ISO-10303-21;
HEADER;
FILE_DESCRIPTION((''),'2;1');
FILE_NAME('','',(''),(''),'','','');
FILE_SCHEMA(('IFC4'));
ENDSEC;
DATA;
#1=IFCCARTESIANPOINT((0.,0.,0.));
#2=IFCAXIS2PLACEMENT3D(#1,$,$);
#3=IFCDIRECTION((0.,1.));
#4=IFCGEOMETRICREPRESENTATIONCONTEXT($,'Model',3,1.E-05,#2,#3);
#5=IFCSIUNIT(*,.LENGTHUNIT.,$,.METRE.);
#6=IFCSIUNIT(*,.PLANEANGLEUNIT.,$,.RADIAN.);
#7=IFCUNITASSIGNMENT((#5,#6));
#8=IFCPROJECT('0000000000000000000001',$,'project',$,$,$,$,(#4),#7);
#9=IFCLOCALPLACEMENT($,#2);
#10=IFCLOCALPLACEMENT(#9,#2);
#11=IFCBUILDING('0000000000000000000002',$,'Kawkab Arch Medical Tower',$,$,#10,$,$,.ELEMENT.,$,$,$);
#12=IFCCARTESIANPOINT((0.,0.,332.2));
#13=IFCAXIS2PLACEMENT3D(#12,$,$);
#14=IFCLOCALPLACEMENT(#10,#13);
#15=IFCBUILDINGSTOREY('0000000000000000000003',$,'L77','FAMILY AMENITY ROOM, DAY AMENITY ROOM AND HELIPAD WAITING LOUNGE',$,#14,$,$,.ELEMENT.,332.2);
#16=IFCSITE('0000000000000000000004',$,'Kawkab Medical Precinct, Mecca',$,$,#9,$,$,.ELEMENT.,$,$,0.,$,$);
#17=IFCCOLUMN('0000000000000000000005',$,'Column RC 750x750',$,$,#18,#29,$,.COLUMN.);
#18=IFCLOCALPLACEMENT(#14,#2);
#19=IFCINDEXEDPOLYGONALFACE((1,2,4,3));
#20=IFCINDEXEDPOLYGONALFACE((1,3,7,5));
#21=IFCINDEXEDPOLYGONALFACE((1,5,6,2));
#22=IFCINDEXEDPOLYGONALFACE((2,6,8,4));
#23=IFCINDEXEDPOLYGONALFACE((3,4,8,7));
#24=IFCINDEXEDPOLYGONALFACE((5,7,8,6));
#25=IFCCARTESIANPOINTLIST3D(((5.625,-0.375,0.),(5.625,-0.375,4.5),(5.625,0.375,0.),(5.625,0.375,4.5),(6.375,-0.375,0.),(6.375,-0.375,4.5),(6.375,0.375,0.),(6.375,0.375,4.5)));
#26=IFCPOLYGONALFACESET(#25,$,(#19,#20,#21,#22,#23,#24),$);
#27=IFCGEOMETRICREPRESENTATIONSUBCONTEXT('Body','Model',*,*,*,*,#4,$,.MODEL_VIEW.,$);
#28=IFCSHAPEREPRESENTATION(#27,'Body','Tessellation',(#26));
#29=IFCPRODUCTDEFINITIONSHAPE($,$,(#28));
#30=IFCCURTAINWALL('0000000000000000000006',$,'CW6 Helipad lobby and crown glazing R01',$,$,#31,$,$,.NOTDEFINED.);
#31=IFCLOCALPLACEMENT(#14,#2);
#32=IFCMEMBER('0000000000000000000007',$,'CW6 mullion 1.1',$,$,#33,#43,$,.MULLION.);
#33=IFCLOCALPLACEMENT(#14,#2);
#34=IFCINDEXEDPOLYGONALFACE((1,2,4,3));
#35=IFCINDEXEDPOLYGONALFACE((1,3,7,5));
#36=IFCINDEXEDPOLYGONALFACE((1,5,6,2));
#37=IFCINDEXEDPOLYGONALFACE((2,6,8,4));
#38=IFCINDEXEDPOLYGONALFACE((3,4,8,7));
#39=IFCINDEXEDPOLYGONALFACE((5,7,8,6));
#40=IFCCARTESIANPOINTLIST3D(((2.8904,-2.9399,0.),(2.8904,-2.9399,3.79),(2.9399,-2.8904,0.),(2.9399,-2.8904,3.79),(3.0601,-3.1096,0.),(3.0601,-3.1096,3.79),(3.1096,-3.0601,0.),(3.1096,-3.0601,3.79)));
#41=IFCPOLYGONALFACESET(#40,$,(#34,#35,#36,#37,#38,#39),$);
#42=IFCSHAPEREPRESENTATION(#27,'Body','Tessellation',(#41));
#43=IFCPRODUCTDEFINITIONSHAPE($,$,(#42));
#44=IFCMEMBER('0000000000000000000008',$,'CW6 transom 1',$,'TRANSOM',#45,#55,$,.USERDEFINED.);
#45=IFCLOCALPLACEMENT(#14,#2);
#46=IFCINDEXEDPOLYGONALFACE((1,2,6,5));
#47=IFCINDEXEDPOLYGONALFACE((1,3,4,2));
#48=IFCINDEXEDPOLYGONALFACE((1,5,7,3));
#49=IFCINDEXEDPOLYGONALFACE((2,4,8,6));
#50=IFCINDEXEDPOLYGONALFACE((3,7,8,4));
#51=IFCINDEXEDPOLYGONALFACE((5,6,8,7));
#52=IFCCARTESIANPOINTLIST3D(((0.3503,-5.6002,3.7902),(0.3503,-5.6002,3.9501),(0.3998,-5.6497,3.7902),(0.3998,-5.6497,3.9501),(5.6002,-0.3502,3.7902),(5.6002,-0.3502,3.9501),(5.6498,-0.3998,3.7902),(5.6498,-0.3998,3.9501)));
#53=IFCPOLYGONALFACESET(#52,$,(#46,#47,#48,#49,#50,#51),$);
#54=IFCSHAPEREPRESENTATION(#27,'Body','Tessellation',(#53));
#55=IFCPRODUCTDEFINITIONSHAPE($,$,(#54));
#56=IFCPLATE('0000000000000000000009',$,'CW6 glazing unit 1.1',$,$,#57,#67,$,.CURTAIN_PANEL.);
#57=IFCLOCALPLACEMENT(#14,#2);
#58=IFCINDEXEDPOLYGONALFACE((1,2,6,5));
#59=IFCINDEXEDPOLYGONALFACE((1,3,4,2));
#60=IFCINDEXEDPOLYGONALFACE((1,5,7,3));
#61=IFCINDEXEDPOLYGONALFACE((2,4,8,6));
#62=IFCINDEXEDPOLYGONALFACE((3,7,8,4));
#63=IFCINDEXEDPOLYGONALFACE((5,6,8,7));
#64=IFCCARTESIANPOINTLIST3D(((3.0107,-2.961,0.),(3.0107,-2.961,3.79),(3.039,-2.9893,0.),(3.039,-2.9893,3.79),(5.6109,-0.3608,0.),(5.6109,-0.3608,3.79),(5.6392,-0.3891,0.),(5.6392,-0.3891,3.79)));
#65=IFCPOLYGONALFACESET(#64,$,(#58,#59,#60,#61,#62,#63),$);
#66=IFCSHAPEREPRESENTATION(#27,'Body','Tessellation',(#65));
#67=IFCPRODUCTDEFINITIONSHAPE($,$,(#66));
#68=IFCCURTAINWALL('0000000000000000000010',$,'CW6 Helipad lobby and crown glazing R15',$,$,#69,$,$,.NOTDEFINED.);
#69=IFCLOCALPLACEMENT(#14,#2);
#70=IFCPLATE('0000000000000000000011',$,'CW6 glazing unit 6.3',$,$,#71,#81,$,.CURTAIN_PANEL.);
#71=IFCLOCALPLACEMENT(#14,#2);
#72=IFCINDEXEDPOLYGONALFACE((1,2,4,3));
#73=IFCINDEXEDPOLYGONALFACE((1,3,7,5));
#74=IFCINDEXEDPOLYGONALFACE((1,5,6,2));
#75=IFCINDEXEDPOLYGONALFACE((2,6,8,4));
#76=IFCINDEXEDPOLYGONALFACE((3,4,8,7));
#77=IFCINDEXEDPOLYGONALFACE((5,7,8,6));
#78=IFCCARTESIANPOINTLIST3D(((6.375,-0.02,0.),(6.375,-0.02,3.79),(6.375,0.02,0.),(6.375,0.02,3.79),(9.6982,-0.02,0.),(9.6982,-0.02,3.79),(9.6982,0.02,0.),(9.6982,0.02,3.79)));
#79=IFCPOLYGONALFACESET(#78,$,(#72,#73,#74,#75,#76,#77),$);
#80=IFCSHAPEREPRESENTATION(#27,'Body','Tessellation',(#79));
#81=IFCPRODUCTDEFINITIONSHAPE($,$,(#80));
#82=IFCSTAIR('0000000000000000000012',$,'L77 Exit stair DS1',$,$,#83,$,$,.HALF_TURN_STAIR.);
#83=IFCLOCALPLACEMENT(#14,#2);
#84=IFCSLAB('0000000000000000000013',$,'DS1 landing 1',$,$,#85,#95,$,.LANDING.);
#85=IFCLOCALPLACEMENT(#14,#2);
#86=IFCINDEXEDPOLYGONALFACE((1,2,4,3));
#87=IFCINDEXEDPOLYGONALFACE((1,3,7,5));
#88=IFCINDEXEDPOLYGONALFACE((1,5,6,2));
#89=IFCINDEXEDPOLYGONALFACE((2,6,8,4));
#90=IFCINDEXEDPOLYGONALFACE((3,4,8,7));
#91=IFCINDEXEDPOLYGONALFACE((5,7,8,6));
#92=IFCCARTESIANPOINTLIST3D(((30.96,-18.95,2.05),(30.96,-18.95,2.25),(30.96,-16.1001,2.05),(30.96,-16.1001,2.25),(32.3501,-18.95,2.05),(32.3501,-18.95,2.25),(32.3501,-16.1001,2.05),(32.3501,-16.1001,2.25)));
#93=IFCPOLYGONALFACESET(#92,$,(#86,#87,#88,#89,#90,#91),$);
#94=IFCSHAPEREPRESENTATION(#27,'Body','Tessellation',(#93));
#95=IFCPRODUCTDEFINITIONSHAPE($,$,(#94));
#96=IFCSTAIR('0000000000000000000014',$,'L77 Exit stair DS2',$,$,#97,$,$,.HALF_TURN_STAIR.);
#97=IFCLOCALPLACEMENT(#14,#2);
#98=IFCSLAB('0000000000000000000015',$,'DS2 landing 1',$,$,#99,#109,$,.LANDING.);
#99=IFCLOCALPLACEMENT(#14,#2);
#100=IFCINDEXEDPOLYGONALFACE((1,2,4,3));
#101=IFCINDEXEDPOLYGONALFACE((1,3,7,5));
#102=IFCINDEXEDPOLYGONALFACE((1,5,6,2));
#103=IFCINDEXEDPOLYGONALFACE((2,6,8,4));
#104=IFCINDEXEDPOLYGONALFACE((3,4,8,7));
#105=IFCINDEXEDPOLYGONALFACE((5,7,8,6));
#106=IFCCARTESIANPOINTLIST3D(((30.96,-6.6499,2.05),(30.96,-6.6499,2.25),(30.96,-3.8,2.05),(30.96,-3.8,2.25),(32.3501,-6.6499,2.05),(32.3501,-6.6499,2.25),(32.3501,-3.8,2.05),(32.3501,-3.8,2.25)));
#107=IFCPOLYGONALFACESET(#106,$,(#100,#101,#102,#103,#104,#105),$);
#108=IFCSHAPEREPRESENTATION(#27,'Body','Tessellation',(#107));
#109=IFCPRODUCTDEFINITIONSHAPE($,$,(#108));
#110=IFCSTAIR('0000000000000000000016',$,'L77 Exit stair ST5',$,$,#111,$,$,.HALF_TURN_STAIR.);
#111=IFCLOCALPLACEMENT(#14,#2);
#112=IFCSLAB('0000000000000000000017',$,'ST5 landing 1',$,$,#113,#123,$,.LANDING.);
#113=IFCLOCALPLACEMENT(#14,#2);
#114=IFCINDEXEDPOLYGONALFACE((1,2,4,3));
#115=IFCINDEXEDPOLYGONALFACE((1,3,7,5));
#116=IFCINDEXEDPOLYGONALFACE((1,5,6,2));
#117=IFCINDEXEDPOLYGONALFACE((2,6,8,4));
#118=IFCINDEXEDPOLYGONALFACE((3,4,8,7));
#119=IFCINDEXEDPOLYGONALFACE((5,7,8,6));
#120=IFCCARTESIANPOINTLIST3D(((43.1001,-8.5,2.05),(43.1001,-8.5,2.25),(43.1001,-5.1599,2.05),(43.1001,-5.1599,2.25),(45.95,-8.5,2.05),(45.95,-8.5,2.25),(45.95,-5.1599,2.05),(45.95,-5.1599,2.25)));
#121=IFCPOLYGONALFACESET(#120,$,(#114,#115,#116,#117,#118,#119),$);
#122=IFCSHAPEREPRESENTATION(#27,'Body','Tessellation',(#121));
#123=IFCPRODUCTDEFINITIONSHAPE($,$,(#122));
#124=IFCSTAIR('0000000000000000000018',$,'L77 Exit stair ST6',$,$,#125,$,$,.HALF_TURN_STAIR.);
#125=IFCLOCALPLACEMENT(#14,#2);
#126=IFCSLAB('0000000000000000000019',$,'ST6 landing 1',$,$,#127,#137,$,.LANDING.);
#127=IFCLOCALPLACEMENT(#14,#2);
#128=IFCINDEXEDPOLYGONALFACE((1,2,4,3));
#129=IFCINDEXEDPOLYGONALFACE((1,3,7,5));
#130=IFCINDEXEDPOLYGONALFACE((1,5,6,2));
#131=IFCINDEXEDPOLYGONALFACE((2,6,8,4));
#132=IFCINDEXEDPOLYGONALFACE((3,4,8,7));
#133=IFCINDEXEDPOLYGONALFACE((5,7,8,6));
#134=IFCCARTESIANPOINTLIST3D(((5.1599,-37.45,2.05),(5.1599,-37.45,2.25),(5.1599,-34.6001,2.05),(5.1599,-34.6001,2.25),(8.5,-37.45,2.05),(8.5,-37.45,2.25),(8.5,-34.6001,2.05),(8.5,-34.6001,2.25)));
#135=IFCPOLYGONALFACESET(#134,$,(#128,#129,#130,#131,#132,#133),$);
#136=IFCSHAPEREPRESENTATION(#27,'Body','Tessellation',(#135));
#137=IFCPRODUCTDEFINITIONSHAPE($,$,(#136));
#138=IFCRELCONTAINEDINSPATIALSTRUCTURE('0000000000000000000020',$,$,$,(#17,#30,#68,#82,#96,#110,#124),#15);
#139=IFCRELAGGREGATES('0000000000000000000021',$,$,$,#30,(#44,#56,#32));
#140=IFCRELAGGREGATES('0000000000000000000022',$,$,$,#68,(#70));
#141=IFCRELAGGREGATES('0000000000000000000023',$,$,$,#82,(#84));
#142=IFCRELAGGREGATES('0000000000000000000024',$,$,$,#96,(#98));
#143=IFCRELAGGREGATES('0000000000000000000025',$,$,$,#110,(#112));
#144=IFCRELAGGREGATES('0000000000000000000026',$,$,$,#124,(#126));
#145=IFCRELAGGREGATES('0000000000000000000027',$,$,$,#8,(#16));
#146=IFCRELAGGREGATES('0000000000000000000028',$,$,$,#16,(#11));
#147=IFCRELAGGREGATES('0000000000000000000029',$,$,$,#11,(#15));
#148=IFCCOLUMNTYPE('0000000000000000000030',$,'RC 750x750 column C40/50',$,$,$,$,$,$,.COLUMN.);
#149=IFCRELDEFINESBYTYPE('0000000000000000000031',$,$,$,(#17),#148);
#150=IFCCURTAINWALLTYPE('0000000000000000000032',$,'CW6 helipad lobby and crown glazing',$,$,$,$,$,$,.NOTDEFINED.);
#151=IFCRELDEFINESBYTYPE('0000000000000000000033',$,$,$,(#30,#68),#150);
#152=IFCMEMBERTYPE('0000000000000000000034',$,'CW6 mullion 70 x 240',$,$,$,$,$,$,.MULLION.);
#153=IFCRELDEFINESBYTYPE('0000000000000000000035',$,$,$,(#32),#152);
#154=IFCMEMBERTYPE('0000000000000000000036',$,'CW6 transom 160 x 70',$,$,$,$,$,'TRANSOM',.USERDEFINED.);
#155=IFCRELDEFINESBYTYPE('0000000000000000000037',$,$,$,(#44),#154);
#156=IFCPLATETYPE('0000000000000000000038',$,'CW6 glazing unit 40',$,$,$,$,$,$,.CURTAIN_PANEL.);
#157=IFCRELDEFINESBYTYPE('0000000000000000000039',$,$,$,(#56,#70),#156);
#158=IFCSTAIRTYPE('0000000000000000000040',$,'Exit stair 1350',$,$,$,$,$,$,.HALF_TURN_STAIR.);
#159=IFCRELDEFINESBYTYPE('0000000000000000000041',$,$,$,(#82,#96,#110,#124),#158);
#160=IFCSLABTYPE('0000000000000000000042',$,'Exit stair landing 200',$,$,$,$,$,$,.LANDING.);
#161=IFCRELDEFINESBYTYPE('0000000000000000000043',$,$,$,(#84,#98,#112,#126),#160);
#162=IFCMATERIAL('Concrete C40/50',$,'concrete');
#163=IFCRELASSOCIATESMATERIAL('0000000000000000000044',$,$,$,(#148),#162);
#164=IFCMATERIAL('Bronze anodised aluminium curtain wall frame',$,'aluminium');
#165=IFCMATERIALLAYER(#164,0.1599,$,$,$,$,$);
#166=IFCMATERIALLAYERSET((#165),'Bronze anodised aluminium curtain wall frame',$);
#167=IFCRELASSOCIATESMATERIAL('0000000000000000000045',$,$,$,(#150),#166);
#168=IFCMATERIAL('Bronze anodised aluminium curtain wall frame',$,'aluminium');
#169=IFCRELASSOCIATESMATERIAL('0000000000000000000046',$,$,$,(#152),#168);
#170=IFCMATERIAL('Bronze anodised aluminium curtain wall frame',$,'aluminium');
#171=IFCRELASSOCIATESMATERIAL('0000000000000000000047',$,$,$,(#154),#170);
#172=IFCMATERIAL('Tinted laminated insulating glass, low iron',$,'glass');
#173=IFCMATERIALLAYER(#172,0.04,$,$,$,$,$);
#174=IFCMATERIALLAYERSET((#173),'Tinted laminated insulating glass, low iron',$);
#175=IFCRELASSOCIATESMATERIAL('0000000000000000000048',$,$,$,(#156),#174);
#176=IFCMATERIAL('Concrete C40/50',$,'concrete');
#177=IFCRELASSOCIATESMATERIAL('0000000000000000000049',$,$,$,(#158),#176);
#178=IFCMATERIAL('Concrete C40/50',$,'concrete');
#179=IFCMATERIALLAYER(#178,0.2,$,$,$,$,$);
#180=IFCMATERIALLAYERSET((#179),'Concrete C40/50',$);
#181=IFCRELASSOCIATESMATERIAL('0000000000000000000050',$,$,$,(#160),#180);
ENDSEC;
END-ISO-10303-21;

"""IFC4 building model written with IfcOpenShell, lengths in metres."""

from ifc_helpers import new_model, si_unit, direction, frame, origin, origin_2d, place, context, subcontext, project, spatial, polyline, rectangle, outline, extrude, material, layer, layer_set, material_profile, profile_set, type_object, element, aggregate, save


model = new_model("IFC4")

# Units and contexts
model_context = context("Model", 3, precision=1e-05, world=origin(), true_north=direction((0.0, 1.0)))
body_context = subcontext(model_context, "Body", "Model", "MODEL_VIEW")
ifc_project = project(units=[si_unit("LENGTHUNIT", "METRE"), si_unit("PLANEANGLEUNIT", "RADIAN")], contexts=[model_context])

# Site, building, storey
site_placement = place(None, origin())
site = spatial("IfcSite", under=ifc_project, at=site_placement, Name="Kawkab Medical Precinct, Mecca", CompositionType="ELEMENT", RefElevation=0.0)
building_placement = place(site_placement, origin())
building = spatial("IfcBuilding", under=site, at=building_placement, Name="Kawkab Arch Medical Tower", CompositionType="ELEMENT")
storey_placement = place(building_placement, frame((0.0, 0.0, 332.2)))
storey = spatial("IfcBuildingStorey", under=building, at=storey_placement, Name="L77", Description="FAMILY AMENITY ROOM, DAY AMENITY ROOM AND HELIPAD WAITING LOUNGE", CompositionType="ELEMENT", Elevation=332.2)

# Column
ifc_material_1 = material(Name="Concrete C40/50", Category="concrete")
ifc_material_profile_1 = material_profile(ifc_material_1, rectangle(XDim=0.75, YDim=0.75, at=origin_2d()), Name="RC 750x750")
ifc_profile_set_1 = profile_set([ifc_material_profile_1], Name="Concrete C40/50")
column_type = type_object("IfcColumnType", Name="RC 750x750 column C40/50", PredefinedType="COLUMN", material=ifc_profile_set_1)
column_placement = place(storey_placement, frame((6.0, 0.0, 0.0), z_axis=(0.0, 0.0, 1.0), x_axis=(1.0, 0.0, 0.0)))
element("IfcColumn", 1, at=column_placement, inside=storey, type_object=column_type, Name="Column RC 750x750", PredefinedType="COLUMN", context=body_context, shape_type="SweptSolid", body=[
    extrude(rectangle(XDim=0.75, YDim=0.75, at=origin_2d()), origin(), (0.0, 0.0, 1.0), 4.5),
])

# Curtain wall, members, plate
ifc_material_2 = material(Name="Bronze anodised aluminium curtain wall frame", Category="aluminium")
ifc_layer_1 = layer(ifc_material_2, 0.1599)
ifc_layer_set_1 = layer_set([ifc_layer_1], Name="Bronze anodised aluminium curtain wall frame")
curtain_wall_type = type_object("IfcCurtainWallType", Name="CW6 helipad lobby and crown glazing", PredefinedType="NOTDEFINED", material=ifc_layer_set_1)
placement_1 = place(storey_placement, origin())
curtain_wall_1 = element("IfcCurtainWall", 2, at=placement_1, inside=storey, type_object=curtain_wall_type, Name="CW6 Helipad lobby and crown glazing R01", PredefinedType="NOTDEFINED")
ifc_material_3 = material(Name="Bronze anodised aluminium curtain wall frame", Category="aluminium")
ifc_material_profile_2 = material_profile(ifc_material_3, rectangle(XDim=0.24, YDim=0.0701, at=origin_2d()), Name="AL 70x240")
ifc_profile_set_2 = profile_set([ifc_material_profile_2], Name="Bronze anodised aluminium curtain wall frame")
member_type_1 = type_object("IfcMemberType", Name="CW6 mullion 70 x 240", PredefinedType="MULLION", material=ifc_profile_set_2)
member_1_placement = place(storey_placement, frame((3.0, -3.0, 0.0), z_axis=(0.0, 0.0, 1.0), x_axis=(0.707107, -0.707107, 0.0)))
member_1 = element("IfcMember", 3, at=member_1_placement, type_object=member_type_1, Name="CW6 mullion 1.1", PredefinedType="MULLION", context=body_context, shape_type="SweptSolid", body=[
    extrude(rectangle(XDim=0.24, YDim=0.0701, at=origin_2d()), origin(), (0.0, 0.0, 1.0), 3.79),
])
ifc_material_4 = material(Name="Bronze anodised aluminium curtain wall frame", Category="aluminium")
ifc_material_profile_3 = material_profile(ifc_material_4, rectangle(XDim=0.0701, YDim=0.1599, at=origin_2d()), Name="AL 70x160")
ifc_profile_set_3 = profile_set([ifc_material_profile_3], Name="Bronze anodised aluminium curtain wall frame")
member_type_2 = type_object("IfcMemberType", Name="CW6 transom 160 x 70", ElementType="TRANSOM", PredefinedType="USERDEFINED", material=ifc_profile_set_3)
member_2_placement = place(storey_placement, frame((5.625, -0.375, 3.8701), z_axis=(-0.707107, -0.707107, 0.0), x_axis=(0.707107, -0.707107, 0.0)))
member_2 = element("IfcMember", 4, at=member_2_placement, type_object=member_type_2, Name="CW6 transom 1", ObjectType="TRANSOM", PredefinedType="USERDEFINED", context=body_context, shape_type="SweptSolid", body=[
    extrude(rectangle(XDim=0.0701, YDim=0.1599, at=origin_2d()), origin(), (0.0, 0.0, 1.0), 7.4246),
])
ifc_material_5 = material(Name="Tinted laminated insulating glass, low iron", Category="glass")
ifc_layer_2 = layer(ifc_material_5, 0.04)
ifc_layer_set_2 = layer_set([ifc_layer_2], Name="Tinted laminated insulating glass, low iron")
plate_type_1 = type_object("IfcPlateType", Name="CW6 glazing unit 40", PredefinedType="CURTAIN_PANEL", material=ifc_layer_set_2)
plate_1_placement = place(storey_placement, frame((4.325, -1.675, 0.0), z_axis=(0.0, 0.0, 1.0), x_axis=(-0.707107, -0.707107, 0.0)))
plate_1 = element("IfcPlate", 5, at=plate_1_placement, type_object=plate_type_1, Name="CW6 glazing unit 1.1", PredefinedType="CURTAIN_PANEL", context=body_context, shape_type="SweptSolid", body=[
    extrude(rectangle(XDim=3.6772, YDim=0.04, at=origin_2d()), origin(), (0.0, 0.0, 1.0), 3.79),
])
aggregate(curtain_wall_1, [member_2, plate_1, member_1])

# Curtain wall, plate
curtain_wall_2 = element("IfcCurtainWall", 6, at=placement_1, inside=storey, type_object=curtain_wall_type, Name="CW6 Helipad lobby and crown glazing R15", PredefinedType="NOTDEFINED")
plate_2_placement = place(storey_placement, frame((8.0366, 0.0, 0.0), z_axis=(0.0, 0.0, 1.0), x_axis=(-1.0, 0.0, 0.0)))
plate_2 = element("IfcPlate", 7, at=plate_2_placement, type_object=plate_type_1, Name="CW6 glazing unit 6.3", PredefinedType="CURTAIN_PANEL", context=body_context, shape_type="SweptSolid", body=[
    extrude(rectangle(XDim=3.3232, YDim=0.04, at=origin_2d()), origin(), (0.0, 0.0, 1.0), 3.79),
])
aggregate(curtain_wall_2, [plate_2])

# Stairs, slabs
ifc_material_6 = material(Name="Concrete C40/50", Category="concrete")
stair_type = type_object("IfcStairType", Name="Exit stair 1350", PredefinedType="HALF_TURN_STAIR", material=ifc_material_6)
stair_1 = element("IfcStair", 8, at=placement_1, inside=storey, type_object=stair_type, Name="L77 Exit stair DS1", PredefinedType="HALF_TURN_STAIR")
ifc_material_7 = material(Name="Concrete C40/50", Category="concrete")
ifc_layer_3 = layer(ifc_material_7, 0.2)
ifc_layer_set_3 = layer_set([ifc_layer_3], Name="Concrete C40/50")
slab_type_1 = type_object("IfcSlabType", Name="Exit stair landing 200", PredefinedType="LANDING", material=ifc_layer_set_3)
placement_2 = place(storey_placement, frame((0.0, 0.0, 2.05)))
slab_1 = element("IfcSlab", 9, at=placement_2, type_object=slab_type_1, Name="DS1 landing 1", PredefinedType="LANDING", context=body_context, shape_type="SweptSolid", body=[
    extrude(outline(polyline([(30.96, -18.95), (32.3501, -18.95), (32.3501, -16.1001), (30.96, -16.1001), (30.96, -18.95)])), origin(), (0.0, 0.0, 1.0), 0.2),
])
aggregate(stair_1, [slab_1])
stair_2 = element("IfcStair", 10, at=placement_1, inside=storey, type_object=stair_type, Name="L77 Exit stair DS2", PredefinedType="HALF_TURN_STAIR")
slab_2 = element("IfcSlab", 11, at=placement_2, type_object=slab_type_1, Name="DS2 landing 1", PredefinedType="LANDING", context=body_context, shape_type="SweptSolid", body=[
    extrude(outline(polyline([(30.96, -6.6499), (32.3501, -6.6499), (32.3501, -3.8), (30.96, -3.8), (30.96, -6.6499)])), origin(), (0.0, 0.0, 1.0), 0.2),
])
aggregate(stair_2, [slab_2])
stair_3 = element("IfcStair", 12, at=placement_1, inside=storey, type_object=stair_type, Name="L77 Exit stair ST5", PredefinedType="HALF_TURN_STAIR")
slab_3 = element("IfcSlab", 13, at=placement_2, type_object=slab_type_1, Name="ST5 landing 1", PredefinedType="LANDING", context=body_context, shape_type="SweptSolid", body=[
    extrude(outline(polyline([(43.1001, -5.1599), (43.1001, -8.5), (45.95, -8.5), (45.95, -5.1599), (43.1001, -5.1599)])), origin(), (0.0, 0.0, 1.0), 0.2),
])
aggregate(stair_3, [slab_3])
stair_4 = element("IfcStair", 14, at=placement_1, inside=storey, type_object=stair_type, Name="L77 Exit stair ST6", PredefinedType="HALF_TURN_STAIR")
slab_4 = element("IfcSlab", 15, at=placement_2, type_object=slab_type_1, Name="ST6 landing 1", PredefinedType="LANDING", context=body_context, shape_type="SweptSolid", body=[
    extrude(outline(polyline([(5.1599, -37.45), (8.5, -37.45), (8.5, -34.6001), (5.1599, -34.6001), (5.1599, -37.45)])), origin(), (0.0, 0.0, 1.0), 0.2),
])
aggregate(stair_4, [slab_4])

save(model, "model.ifc")
